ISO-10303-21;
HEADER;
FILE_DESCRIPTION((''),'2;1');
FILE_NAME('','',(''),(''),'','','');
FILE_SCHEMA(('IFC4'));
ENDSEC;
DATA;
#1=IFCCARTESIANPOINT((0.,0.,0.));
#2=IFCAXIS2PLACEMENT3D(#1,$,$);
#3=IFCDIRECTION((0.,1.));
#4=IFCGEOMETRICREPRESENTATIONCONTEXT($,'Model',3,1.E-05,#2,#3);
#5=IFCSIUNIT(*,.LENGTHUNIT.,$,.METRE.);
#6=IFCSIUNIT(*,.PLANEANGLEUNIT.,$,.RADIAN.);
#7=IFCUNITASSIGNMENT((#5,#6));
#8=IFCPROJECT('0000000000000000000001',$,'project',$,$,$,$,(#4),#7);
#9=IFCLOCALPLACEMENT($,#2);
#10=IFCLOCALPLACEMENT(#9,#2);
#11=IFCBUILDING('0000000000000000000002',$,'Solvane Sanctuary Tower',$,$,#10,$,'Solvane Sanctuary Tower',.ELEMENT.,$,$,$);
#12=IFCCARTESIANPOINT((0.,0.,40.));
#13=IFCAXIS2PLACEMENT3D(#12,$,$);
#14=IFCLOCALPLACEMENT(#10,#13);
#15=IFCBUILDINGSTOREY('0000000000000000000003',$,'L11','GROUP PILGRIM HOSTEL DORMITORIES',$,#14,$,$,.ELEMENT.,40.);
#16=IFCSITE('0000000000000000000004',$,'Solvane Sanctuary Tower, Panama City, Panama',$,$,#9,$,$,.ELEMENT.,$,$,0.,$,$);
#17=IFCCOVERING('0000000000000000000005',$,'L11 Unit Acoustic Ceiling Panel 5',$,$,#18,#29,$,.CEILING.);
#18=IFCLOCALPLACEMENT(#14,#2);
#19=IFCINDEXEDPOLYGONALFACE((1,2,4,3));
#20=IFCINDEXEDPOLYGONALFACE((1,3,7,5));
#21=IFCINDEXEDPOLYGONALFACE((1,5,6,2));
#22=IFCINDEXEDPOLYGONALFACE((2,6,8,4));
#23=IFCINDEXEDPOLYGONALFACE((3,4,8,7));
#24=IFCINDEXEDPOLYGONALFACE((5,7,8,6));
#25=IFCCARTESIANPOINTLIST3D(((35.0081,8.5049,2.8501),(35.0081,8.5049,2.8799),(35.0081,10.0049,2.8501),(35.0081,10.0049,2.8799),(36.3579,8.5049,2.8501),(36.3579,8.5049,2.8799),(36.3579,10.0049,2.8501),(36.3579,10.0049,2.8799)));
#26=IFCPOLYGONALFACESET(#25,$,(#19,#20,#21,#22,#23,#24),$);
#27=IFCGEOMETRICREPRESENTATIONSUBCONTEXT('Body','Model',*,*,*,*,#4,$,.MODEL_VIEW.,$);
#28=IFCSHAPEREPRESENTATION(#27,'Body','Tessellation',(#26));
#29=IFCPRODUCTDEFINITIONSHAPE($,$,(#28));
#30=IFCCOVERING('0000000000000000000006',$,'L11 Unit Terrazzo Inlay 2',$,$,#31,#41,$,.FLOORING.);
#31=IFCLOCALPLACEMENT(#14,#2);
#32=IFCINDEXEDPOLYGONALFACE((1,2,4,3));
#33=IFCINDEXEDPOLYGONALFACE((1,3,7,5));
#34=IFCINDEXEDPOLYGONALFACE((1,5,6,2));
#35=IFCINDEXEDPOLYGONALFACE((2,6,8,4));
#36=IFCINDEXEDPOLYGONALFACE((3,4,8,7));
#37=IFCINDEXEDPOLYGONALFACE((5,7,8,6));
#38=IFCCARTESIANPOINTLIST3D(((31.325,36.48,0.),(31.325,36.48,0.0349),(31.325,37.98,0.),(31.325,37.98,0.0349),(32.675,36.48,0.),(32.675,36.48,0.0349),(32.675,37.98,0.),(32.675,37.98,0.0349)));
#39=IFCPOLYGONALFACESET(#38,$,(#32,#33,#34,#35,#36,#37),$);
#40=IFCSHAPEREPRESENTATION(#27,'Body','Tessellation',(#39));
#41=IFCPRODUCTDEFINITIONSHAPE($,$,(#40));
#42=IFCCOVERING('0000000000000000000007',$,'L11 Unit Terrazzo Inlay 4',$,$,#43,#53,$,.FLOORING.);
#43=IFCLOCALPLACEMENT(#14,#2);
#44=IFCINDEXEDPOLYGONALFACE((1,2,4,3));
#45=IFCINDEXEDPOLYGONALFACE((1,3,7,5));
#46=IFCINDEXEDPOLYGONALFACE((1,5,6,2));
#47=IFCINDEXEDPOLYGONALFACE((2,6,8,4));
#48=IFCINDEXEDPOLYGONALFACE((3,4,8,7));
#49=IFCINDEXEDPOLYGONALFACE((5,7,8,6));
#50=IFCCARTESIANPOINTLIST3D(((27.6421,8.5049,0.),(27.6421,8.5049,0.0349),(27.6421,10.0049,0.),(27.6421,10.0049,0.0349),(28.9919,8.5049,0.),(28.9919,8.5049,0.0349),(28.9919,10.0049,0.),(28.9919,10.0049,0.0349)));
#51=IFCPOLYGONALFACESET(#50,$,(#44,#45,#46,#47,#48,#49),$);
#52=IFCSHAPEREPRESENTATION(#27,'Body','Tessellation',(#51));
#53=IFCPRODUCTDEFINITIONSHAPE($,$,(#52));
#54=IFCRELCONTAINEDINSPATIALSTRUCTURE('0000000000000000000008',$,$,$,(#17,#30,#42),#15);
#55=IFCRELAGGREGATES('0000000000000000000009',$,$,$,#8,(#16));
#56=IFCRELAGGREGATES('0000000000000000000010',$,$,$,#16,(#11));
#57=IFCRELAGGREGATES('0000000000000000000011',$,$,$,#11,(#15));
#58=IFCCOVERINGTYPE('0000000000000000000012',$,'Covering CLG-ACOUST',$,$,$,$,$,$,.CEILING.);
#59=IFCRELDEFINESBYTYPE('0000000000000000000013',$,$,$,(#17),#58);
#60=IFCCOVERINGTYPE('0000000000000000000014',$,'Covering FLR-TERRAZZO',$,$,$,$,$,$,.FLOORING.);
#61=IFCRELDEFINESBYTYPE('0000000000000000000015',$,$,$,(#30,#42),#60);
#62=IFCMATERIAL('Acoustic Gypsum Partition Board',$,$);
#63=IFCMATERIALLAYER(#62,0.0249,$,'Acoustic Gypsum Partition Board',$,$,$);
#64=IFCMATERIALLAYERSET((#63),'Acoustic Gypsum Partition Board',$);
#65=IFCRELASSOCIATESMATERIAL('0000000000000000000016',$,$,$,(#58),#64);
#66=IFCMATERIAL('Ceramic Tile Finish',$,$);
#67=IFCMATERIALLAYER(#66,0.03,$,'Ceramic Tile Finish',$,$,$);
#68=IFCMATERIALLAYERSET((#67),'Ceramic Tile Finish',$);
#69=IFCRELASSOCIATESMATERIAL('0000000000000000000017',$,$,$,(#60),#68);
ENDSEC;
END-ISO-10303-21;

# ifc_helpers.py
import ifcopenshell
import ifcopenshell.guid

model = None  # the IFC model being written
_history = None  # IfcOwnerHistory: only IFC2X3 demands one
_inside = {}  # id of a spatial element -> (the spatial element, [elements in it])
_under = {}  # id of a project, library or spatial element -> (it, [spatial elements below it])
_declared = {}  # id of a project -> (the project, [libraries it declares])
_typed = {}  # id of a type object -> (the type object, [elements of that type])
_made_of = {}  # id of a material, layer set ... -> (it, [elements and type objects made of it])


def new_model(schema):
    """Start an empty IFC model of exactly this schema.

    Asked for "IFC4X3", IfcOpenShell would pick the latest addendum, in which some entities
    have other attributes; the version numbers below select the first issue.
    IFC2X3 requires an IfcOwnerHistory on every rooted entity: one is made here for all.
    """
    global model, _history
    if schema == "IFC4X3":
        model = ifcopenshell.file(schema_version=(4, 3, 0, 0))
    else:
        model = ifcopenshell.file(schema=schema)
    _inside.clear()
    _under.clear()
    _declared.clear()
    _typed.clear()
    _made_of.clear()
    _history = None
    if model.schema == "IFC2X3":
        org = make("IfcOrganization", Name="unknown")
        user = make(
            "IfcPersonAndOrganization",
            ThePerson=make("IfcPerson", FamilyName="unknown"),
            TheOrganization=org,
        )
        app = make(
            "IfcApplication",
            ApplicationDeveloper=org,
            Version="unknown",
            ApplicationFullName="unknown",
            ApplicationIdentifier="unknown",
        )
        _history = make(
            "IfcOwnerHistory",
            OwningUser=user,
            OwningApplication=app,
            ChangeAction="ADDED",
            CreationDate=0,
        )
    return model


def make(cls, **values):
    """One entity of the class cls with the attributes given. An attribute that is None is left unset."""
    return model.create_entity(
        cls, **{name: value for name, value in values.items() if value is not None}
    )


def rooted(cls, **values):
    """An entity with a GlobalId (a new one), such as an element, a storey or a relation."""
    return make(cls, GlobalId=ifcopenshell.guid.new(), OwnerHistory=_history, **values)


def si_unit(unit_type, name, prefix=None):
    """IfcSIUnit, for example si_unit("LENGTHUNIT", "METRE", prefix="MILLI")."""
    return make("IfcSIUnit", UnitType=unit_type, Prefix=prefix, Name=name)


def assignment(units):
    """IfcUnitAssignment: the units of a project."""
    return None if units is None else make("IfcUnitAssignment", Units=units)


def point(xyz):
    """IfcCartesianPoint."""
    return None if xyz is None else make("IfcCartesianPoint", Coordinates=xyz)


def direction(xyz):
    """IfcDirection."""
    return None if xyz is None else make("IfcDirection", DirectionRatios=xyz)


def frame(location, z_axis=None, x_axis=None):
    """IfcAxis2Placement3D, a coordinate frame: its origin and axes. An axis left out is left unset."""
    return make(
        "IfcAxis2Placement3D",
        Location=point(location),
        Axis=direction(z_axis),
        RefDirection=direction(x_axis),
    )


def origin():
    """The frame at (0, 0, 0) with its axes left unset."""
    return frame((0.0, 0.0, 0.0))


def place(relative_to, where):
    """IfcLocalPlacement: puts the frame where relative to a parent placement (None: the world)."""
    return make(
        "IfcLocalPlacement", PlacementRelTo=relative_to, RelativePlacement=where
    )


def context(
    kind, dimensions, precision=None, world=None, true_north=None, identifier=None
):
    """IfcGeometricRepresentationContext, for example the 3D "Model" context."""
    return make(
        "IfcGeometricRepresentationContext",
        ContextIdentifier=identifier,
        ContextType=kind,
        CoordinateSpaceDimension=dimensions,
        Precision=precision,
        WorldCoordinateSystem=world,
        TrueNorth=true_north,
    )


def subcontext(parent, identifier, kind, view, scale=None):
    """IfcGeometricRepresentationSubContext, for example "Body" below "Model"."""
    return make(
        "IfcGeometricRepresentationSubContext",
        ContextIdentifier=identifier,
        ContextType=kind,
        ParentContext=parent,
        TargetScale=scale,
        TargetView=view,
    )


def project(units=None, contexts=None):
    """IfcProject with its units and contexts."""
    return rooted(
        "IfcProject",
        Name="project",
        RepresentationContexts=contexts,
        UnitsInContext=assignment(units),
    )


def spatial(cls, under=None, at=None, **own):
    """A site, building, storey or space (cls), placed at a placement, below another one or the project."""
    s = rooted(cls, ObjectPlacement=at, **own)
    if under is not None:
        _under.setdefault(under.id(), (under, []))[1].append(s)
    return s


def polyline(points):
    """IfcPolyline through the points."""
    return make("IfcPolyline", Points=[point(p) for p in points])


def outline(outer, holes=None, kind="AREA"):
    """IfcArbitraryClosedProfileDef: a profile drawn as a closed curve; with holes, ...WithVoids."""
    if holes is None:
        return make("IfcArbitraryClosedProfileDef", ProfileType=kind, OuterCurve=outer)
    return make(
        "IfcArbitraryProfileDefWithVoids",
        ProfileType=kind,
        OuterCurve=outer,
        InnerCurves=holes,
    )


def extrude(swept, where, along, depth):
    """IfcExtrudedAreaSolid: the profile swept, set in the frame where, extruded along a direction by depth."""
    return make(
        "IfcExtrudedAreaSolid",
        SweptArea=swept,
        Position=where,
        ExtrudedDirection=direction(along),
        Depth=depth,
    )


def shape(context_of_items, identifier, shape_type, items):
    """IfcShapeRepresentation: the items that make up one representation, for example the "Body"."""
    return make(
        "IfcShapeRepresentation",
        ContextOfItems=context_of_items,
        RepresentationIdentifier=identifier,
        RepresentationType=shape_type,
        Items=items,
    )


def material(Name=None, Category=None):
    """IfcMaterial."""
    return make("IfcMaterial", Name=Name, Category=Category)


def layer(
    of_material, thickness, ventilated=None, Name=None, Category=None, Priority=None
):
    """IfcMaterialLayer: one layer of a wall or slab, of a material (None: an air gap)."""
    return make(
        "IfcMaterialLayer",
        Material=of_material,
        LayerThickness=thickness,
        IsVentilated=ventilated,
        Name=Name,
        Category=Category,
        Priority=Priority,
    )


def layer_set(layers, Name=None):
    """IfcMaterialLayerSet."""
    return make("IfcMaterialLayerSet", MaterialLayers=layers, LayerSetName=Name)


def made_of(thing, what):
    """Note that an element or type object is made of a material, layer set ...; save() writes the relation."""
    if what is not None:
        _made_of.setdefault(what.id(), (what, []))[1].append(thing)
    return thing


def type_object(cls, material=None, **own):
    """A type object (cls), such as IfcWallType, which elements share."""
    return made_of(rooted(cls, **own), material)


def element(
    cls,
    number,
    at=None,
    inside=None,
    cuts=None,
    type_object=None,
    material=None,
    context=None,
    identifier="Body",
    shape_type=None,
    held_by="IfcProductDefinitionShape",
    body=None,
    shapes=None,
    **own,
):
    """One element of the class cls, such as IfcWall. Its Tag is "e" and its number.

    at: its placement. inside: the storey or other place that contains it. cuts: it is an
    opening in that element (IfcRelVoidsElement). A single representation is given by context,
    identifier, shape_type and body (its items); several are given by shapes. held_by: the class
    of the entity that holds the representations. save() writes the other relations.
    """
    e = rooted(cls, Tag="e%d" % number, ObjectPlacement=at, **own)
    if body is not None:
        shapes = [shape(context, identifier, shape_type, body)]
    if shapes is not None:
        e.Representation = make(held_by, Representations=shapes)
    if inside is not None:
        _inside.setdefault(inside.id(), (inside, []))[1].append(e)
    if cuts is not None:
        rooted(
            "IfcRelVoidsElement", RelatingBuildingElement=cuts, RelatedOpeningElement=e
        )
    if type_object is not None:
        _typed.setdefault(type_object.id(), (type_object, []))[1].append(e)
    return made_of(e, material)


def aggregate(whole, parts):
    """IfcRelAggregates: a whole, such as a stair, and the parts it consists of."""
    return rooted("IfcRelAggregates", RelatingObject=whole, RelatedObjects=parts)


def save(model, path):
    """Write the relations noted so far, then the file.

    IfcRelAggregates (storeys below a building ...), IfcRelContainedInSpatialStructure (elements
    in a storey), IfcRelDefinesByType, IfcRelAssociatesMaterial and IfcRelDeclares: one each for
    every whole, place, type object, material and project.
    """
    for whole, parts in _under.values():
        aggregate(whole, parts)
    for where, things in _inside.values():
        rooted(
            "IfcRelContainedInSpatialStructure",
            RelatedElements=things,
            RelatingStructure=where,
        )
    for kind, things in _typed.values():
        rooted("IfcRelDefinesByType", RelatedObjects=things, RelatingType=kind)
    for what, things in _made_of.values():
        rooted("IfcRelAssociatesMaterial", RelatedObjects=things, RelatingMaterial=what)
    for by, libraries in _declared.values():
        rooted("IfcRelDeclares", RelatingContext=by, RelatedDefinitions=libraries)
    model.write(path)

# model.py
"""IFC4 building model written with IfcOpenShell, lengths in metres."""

from ifc_helpers import new_model, si_unit, direction, frame, origin, place, context, subcontext, project, spatial, polyline, outline, extrude, material, layer, layer_set, type_object, element, save


model = new_model("IFC4")

# Units and contexts
model_context = context("Model", 3, precision=1e-05, world=origin(), true_north=direction((0.0, 1.0)))
body_context = subcontext(model_context, "Body", "Model", "MODEL_VIEW")
ifc_project = project(units=[si_unit("LENGTHUNIT", "METRE"), si_unit("PLANEANGLEUNIT", "RADIAN")], contexts=[model_context])

# Site, building, storey
site_placement = place(None, origin())
site = spatial("IfcSite", under=ifc_project, at=site_placement, Name="Solvane Sanctuary Tower, Panama City, Panama", CompositionType="ELEMENT", RefElevation=0.0)
building_placement = place(site_placement, origin())
building = spatial("IfcBuilding", under=site, at=building_placement, Name="Solvane Sanctuary Tower", LongName="Solvane Sanctuary Tower", CompositionType="ELEMENT")
storey_placement = place(building_placement, frame((0.0, 0.0, 40.0)))
storey = spatial("IfcBuildingStorey", under=building, at=storey_placement, Name="L11", Description="GROUP PILGRIM HOSTEL DORMITORIES", CompositionType="ELEMENT", Elevation=40.0)

# Shared definitions
ifc_material_1 = material(Name="Acoustic Gypsum Partition Board")

# Coverings
ifc_layer_1 = layer(ifc_material_1, 0.0249, Name="Acoustic Gypsum Partition Board")
ifc_layer_set_1 = layer_set([ifc_layer_1], Name="Acoustic Gypsum Partition Board")
covering_type_1 = type_object("IfcCoveringType", Name="Covering CLG-ACOUST", PredefinedType="CEILING", material=ifc_layer_set_1)
covering_1_placement = place(storey_placement, frame((0.0, 0.0, 2.8501)))
element("IfcCovering", 1, at=covering_1_placement, inside=storey, type_object=covering_type_1, Name="L11 Unit Acoustic Ceiling Panel 5", PredefinedType="CEILING", context=body_context, shape_type="SweptSolid", body=[
    extrude(outline(polyline([(35.0081, 8.5049), (36.3579, 8.5049), (36.3579, 10.0049), (35.0081, 10.0049), (35.0081, 8.5049)])), origin(), (0.0, 0.0, 1.0), 0.0298),
])
ifc_material_2 = material(Name="Ceramic Tile Finish")
ifc_layer_2 = layer(ifc_material_2, 0.03, Name="Ceramic Tile Finish")
ifc_layer_set_2 = layer_set([ifc_layer_2], Name="Ceramic Tile Finish")
covering_type_2 = type_object("IfcCoveringType", Name="Covering FLR-TERRAZZO", PredefinedType="FLOORING", material=ifc_layer_set_2)
covering_2_placement = place(storey_placement, origin())
element("IfcCovering", 2, at=covering_2_placement, inside=storey, type_object=covering_type_2, Name="L11 Unit Terrazzo Inlay 2", PredefinedType="FLOORING", context=body_context, shape_type="SweptSolid", body=[
    extrude(outline(polyline([(31.325, 36.48), (32.675, 36.48), (32.675, 37.98), (31.325, 37.98), (31.325, 36.48)])), origin(), (0.0, 0.0, 1.0), 0.0349),
])
covering_3_placement = place(storey_placement, origin())
element("IfcCovering", 3, at=covering_3_placement, inside=storey, type_object=covering_type_2, Name="L11 Unit Terrazzo Inlay 4", PredefinedType="FLOORING", context=body_context, shape_type="SweptSolid", body=[
    extrude(outline(polyline([(27.6421, 8.5049), (28.9919, 8.5049), (28.9919, 10.0049), (27.6421, 10.0049), (27.6421, 8.5049)])), origin(), (0.0, 0.0, 1.0), 0.0349),
])

save(model, "model.ifc")
